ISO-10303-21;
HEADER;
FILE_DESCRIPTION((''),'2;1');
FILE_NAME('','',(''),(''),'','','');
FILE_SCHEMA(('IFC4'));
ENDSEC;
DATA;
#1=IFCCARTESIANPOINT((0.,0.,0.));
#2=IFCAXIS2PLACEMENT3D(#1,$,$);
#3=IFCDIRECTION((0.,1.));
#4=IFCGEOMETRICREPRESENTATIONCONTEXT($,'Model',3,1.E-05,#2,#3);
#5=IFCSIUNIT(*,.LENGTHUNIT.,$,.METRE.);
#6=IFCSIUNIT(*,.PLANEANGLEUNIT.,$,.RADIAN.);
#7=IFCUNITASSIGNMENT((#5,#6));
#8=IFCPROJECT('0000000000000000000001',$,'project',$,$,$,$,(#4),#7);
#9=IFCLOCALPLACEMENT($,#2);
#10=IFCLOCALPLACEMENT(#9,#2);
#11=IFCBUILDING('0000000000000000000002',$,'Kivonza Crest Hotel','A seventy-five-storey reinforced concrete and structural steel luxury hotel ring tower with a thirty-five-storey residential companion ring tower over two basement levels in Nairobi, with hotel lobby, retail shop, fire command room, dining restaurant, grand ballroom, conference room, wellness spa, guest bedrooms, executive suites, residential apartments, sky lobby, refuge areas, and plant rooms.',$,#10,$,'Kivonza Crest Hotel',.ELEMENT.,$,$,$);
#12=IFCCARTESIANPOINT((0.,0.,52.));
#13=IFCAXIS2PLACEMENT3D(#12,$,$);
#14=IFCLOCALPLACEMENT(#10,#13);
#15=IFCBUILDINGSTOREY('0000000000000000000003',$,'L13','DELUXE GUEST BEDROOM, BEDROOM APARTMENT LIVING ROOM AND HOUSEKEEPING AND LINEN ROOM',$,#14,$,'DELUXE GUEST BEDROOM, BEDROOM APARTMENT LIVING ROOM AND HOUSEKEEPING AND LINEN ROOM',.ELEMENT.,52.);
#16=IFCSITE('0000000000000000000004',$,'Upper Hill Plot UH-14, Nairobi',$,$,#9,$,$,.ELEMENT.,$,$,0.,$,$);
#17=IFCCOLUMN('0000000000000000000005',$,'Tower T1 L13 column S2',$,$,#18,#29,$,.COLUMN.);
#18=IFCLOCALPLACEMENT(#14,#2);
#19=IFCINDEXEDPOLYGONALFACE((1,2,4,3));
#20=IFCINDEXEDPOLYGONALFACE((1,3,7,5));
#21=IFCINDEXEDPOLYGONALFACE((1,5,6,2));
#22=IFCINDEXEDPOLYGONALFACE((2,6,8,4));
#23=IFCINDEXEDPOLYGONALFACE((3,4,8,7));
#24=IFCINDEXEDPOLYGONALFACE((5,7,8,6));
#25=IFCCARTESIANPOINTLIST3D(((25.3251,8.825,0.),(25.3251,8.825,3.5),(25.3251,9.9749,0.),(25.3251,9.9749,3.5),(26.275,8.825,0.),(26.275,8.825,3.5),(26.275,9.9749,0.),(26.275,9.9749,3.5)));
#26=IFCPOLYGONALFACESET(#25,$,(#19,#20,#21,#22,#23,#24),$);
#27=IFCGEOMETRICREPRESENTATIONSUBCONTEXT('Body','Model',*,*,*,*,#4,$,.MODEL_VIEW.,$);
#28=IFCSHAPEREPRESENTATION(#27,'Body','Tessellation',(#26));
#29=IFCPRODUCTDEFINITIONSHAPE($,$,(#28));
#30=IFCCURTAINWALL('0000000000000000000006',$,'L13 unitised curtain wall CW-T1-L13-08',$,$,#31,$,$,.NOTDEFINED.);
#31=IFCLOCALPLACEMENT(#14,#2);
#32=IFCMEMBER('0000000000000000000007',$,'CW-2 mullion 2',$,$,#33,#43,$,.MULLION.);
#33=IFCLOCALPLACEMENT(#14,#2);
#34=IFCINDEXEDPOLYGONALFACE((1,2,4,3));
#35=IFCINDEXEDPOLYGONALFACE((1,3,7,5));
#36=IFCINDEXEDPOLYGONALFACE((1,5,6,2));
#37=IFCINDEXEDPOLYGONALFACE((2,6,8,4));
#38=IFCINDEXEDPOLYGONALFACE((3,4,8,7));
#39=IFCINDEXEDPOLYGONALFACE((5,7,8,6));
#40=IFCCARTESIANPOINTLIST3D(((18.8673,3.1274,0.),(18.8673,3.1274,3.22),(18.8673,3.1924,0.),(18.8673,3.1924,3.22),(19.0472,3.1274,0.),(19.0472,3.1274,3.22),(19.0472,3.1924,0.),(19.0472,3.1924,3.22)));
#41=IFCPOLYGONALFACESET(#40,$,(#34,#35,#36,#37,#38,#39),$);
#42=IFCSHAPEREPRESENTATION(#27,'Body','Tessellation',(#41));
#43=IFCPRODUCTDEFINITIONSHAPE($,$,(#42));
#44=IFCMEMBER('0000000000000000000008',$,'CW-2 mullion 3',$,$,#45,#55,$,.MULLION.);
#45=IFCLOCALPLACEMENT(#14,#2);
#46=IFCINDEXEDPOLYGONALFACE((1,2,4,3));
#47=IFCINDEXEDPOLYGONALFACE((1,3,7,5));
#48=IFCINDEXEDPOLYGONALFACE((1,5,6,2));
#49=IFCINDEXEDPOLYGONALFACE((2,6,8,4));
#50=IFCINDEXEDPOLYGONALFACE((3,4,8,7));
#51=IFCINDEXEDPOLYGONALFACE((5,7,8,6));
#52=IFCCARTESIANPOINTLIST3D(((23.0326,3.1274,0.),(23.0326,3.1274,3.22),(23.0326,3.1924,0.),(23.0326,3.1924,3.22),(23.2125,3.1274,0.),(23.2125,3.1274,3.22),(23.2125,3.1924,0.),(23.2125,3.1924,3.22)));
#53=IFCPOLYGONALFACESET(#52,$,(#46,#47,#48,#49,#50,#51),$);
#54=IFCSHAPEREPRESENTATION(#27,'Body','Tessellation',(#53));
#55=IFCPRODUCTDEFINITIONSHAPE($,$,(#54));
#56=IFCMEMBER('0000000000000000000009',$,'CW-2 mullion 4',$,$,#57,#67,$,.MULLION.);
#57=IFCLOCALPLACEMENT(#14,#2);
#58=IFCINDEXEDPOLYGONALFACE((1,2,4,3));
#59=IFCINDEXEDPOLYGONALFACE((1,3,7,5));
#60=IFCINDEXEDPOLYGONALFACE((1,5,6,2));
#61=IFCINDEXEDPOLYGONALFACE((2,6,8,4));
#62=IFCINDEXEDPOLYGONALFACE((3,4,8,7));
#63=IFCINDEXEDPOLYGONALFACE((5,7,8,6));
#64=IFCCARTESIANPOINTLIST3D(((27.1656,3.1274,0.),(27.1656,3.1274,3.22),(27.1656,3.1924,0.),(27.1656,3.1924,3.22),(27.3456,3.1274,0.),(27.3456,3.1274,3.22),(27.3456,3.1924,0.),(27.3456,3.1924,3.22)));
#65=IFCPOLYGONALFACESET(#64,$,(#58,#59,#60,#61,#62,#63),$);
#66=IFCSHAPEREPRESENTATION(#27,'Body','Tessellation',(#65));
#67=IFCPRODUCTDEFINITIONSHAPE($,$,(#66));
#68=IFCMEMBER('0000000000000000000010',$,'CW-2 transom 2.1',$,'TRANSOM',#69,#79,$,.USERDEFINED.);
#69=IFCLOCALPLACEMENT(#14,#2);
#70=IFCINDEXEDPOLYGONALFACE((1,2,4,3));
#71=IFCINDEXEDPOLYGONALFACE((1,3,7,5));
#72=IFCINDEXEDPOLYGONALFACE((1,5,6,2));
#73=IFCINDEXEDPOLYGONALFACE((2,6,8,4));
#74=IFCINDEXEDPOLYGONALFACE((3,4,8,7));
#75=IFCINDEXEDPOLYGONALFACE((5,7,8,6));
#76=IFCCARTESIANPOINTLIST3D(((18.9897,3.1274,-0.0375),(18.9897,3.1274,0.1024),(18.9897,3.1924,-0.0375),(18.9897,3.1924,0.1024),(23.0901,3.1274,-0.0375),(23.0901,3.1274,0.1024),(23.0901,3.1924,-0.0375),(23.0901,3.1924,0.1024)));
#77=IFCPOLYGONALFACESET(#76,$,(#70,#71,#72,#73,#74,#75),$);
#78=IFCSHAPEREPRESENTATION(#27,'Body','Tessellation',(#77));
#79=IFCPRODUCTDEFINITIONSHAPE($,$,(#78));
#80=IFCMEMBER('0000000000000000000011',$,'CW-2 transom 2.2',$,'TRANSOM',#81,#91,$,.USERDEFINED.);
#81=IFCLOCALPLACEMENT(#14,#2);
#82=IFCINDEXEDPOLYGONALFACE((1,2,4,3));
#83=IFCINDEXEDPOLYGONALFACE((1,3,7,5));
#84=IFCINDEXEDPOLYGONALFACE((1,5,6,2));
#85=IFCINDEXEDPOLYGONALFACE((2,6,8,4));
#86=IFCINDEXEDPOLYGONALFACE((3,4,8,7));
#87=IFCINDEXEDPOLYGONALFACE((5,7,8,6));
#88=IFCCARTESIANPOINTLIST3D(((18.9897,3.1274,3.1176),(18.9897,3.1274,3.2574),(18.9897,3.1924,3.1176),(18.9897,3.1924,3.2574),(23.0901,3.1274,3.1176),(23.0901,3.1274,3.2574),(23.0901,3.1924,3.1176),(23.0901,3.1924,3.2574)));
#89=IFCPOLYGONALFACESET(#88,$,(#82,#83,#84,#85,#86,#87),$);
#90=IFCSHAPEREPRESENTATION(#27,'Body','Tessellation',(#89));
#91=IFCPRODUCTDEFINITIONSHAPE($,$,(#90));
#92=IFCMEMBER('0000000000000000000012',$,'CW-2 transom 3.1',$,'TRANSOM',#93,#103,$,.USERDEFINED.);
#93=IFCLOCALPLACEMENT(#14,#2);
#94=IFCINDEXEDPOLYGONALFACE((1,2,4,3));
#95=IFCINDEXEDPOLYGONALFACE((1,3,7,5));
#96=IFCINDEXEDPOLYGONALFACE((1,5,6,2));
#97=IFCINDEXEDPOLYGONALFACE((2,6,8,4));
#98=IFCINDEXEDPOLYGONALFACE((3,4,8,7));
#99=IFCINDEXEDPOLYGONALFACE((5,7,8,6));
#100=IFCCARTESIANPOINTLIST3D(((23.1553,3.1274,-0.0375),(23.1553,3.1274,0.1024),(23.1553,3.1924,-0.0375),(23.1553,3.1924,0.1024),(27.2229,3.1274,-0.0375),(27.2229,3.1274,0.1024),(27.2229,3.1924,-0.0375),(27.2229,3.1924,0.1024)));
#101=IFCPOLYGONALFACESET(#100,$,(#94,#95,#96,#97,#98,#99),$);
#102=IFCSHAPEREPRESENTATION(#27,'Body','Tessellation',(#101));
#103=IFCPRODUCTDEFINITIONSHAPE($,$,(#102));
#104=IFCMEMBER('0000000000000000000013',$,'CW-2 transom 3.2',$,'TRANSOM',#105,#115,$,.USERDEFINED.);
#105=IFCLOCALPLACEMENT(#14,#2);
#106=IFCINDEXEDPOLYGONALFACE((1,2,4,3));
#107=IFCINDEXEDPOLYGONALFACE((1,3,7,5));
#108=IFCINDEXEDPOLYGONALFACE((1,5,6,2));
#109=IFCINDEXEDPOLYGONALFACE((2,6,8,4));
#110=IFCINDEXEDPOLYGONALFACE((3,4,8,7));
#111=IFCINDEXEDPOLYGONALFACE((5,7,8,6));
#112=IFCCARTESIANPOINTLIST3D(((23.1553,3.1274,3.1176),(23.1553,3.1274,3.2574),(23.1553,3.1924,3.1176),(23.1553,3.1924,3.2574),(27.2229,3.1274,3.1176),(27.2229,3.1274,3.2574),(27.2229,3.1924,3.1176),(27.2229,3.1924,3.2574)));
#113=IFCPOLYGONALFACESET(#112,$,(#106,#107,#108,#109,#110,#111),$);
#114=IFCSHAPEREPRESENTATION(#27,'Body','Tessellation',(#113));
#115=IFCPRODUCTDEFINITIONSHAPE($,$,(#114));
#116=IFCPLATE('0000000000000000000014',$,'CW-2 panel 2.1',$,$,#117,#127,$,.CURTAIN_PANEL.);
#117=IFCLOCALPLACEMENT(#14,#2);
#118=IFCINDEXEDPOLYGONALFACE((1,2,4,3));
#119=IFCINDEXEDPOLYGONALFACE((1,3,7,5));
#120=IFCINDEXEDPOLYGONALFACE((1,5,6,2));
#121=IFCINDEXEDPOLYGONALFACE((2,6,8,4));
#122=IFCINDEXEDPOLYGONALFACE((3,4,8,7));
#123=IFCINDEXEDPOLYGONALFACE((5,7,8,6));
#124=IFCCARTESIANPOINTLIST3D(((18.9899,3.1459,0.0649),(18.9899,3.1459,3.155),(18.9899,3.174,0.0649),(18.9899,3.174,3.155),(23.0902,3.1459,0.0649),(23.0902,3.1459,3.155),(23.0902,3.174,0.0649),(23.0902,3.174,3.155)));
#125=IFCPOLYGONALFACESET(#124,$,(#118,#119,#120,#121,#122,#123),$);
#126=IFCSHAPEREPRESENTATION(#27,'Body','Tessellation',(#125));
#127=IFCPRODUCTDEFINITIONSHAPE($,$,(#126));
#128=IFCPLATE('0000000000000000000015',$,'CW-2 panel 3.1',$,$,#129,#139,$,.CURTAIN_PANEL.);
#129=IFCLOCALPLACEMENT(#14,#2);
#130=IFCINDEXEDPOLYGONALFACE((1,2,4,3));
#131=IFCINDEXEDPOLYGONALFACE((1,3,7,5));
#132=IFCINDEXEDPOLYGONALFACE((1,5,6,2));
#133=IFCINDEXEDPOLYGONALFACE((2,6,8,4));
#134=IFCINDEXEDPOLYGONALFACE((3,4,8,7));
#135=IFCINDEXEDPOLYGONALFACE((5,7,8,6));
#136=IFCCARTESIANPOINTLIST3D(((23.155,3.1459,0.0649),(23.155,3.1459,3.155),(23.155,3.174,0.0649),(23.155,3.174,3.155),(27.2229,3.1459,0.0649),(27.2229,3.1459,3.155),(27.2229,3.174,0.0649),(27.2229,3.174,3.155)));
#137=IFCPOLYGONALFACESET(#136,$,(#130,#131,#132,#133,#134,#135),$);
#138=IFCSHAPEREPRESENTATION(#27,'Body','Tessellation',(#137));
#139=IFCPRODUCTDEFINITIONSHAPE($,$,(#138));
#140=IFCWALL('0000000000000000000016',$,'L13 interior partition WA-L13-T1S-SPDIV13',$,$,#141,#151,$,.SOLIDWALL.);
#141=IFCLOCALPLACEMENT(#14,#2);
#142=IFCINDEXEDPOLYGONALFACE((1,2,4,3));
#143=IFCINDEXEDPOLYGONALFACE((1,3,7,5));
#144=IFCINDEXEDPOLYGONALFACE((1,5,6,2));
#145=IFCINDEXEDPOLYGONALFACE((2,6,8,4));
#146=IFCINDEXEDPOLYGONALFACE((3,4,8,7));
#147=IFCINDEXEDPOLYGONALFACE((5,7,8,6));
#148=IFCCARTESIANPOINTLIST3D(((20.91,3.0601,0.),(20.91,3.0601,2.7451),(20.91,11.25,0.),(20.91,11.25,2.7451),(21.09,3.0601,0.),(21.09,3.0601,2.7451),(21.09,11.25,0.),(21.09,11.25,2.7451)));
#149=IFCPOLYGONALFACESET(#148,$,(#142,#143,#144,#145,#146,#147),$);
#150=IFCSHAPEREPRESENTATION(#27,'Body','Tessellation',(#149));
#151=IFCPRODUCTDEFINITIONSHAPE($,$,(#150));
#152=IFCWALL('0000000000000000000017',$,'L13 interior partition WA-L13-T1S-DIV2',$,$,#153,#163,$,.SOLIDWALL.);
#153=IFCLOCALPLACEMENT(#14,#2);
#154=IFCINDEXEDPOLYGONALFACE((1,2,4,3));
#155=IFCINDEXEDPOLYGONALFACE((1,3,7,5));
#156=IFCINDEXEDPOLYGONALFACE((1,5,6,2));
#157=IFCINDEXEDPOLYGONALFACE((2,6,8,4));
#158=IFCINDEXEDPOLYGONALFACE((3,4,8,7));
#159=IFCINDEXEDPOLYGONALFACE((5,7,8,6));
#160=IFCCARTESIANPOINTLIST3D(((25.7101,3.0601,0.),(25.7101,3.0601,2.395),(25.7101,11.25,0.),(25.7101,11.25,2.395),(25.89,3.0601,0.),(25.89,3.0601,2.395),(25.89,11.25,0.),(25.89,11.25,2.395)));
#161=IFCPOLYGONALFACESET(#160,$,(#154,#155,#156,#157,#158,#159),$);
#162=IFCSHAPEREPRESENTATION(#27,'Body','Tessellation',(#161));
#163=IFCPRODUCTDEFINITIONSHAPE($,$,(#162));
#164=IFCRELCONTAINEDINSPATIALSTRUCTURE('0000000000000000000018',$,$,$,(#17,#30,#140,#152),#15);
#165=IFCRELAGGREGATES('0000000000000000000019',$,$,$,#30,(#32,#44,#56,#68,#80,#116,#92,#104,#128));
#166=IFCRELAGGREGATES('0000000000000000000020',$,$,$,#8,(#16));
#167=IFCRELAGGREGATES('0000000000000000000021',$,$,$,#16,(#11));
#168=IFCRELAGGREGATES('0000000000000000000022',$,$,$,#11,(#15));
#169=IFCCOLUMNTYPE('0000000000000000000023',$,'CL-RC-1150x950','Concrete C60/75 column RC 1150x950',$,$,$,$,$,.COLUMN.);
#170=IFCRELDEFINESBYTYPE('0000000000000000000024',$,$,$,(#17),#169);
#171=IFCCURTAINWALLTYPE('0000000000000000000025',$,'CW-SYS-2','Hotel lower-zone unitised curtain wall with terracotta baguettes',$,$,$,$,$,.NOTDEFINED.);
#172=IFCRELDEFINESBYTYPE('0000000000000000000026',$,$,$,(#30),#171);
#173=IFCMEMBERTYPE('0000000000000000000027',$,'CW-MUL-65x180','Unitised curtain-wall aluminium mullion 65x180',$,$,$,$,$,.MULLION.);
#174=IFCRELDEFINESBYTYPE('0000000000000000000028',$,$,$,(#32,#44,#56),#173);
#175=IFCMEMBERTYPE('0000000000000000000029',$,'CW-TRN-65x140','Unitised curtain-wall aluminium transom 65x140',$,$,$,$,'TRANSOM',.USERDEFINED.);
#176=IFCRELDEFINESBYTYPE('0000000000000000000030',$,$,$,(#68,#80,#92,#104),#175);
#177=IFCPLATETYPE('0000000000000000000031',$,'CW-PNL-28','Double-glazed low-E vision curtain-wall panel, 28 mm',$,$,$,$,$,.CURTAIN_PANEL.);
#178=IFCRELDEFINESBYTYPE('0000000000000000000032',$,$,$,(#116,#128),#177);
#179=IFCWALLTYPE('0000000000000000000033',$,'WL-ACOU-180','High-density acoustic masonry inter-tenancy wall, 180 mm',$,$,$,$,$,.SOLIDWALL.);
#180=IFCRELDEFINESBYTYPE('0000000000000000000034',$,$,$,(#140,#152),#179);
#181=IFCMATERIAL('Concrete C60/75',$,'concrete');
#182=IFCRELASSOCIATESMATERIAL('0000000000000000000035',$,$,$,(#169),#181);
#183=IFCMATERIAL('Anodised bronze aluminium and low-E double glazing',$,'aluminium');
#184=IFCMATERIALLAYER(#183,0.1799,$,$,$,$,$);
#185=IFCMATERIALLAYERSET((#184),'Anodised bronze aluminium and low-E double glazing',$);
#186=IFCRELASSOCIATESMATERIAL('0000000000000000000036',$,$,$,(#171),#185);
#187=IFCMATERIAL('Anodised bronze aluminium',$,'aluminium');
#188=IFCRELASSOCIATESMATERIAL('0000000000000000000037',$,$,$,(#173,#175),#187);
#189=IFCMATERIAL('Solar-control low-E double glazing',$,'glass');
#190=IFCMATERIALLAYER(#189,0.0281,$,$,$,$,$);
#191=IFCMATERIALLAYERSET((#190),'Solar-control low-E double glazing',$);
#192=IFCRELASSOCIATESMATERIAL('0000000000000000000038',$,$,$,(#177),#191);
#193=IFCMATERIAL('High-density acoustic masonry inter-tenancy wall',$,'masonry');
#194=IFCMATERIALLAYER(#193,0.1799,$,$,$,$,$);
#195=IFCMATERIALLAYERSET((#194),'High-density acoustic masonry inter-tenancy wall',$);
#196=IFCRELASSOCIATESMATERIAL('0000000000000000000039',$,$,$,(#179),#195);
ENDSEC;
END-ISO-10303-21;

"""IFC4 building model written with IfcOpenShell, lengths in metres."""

from ifc_helpers import new_model, si_unit, direction, frame, frame_2d, origin, origin_2d, place, context, subcontext, project, spatial, rectangle, extrude, material, layer, layer_set, material_profile, profile_set, type_object, element, aggregate, save


model = new_model("IFC4")

# Units and contexts
model_context = context("Model", 3, precision=1e-05, world=origin(), true_north=direction((0.0, 1.0)))
body_context = subcontext(model_context, "Body", "Model", "MODEL_VIEW")
ifc_project = project(units=[si_unit("LENGTHUNIT", "METRE"), si_unit("PLANEANGLEUNIT", "RADIAN")], contexts=[model_context])

# Site, building, storey
site_placement = place(None, origin())
site = spatial("IfcSite", under=ifc_project, at=site_placement, Name="Upper Hill Plot UH-14, Nairobi", CompositionType="ELEMENT", RefElevation=0.0)
building_placement = place(site_placement, origin())
building = spatial("IfcBuilding", under=site, at=building_placement, Name="Kivonza Crest Hotel", Description="A seventy-five-storey reinforced concrete and structural steel luxury hotel ring tower with a thirty-five-storey residential companion ring tower over two basement levels in Nairobi, with hotel lobby, retail shop, fire command room, dining restaurant, grand ballroom, conference room, wellness spa, guest bedrooms, executive suites, residential apartments, sky lobby, refuge areas, and plant rooms.", LongName="Kivonza Crest Hotel", CompositionType="ELEMENT")
storey_placement = place(building_placement, frame((0.0, 0.0, 52.0)))
storey = spatial("IfcBuildingStorey", under=building, at=storey_placement, Name="L13", Description="DELUXE GUEST BEDROOM, BEDROOM APARTMENT LIVING ROOM AND HOUSEKEEPING AND LINEN ROOM", LongName="DELUXE GUEST BEDROOM, BEDROOM APARTMENT LIVING ROOM AND HOUSEKEEPING AND LINEN ROOM", CompositionType="ELEMENT", Elevation=52.0)

# Column
ifc_material_1 = material(Name="Concrete C60/75", Category="concrete")
ifc_material_profile_1 = material_profile(ifc_material_1, rectangle(XDim=0.95, YDim=1.1499, at=origin_2d()), Name="RC 1150x950")
ifc_profile_set_1 = profile_set([ifc_material_profile_1], Name="Concrete C60/75")
column_type = type_object("IfcColumnType", Name="CL-RC-1150x950", Description="Concrete C60/75 column RC 1150x950", PredefinedType="COLUMN", material=ifc_profile_set_1)
column_placement = place(storey_placement, frame((25.8, 9.3999, 0.0), z_axis=(0.0, 0.0, 1.0), x_axis=(1.0, 0.0, 0.0)))
element("IfcColumn", 1, at=column_placement, inside=storey, type_object=column_type, Name="Tower T1 L13 column S2", PredefinedType="COLUMN", context=body_context, shape_type="SweptSolid", body=[
    extrude(rectangle(XDim=0.95, YDim=1.1499, at=origin_2d()), origin(), (0.0, 0.0, 1.0), 3.5),
])

# Curtain wall, members, plates
ifc_material_2 = material(Name="Anodised bronze aluminium and low-E double glazing", Category="aluminium")
ifc_layer_1 = layer(ifc_material_2, 0.1799)
ifc_layer_set_1 = layer_set([ifc_layer_1], Name="Anodised bronze aluminium and low-E double glazing")
curtain_wall_type = type_object("IfcCurtainWallType", Name="CW-SYS-2", Description="Hotel lower-zone unitised curtain wall with terracotta baguettes", PredefinedType="NOTDEFINED", material=ifc_layer_set_1)
curtain_wall_placement = place(storey_placement, origin())
curtain_wall = element("IfcCurtainWall", 2, at=curtain_wall_placement, inside=storey, type_object=curtain_wall_type, Name="L13 unitised curtain wall CW-T1-L13-08", PredefinedType="NOTDEFINED")
ifc_material_3 = material(Name="Anodised bronze aluminium", Category="aluminium")
ifc_material_profile_2 = material_profile(ifc_material_3, rectangle(XDim=0.0649, YDim=0.1799, at=origin_2d()), Name="CW-M 65x180")
ifc_profile_set_2 = profile_set([ifc_material_profile_2], Name="Anodised bronze aluminium")
member_type_1 = type_object("IfcMemberType", Name="CW-MUL-65x180", Description="Unitised curtain-wall aluminium mullion 65x180", PredefinedType="MULLION", material=ifc_profile_set_2)
member_1_placement = place(storey_placement, frame((18.9573, 3.1599, 0.0), z_axis=(0.0, 0.0, 1.0), x_axis=(0.0, 1.0, 0.0)))
member_1 = element("IfcMember", 3, at=member_1_placement, type_object=member_type_1, Name="CW-2 mullion 2", PredefinedType="MULLION", context=body_context, shape_type="SweptSolid", body=[
    extrude(rectangle(XDim=0.0649, YDim=0.1799, at=origin_2d()), origin(), (0.0, 0.0, 1.0), 3.22),
])
member_2_placement = place(storey_placement, frame((23.1226, 3.1599, 0.0), z_axis=(0.0, 0.0, 1.0), x_axis=(0.0, 1.0, 0.0)))
member_2 = element("IfcMember", 4, at=member_2_placement, type_object=member_type_1, Name="CW-2 mullion 3", PredefinedType="MULLION", context=body_context, shape_type="SweptSolid", body=[
    extrude(rectangle(XDim=0.0649, YDim=0.1799, at=origin_2d()), origin(), (0.0, 0.0, 1.0), 3.22),
])
member_3_placement = place(storey_placement, frame((27.2556, 3.1599, 0.0), z_axis=(0.0, 0.0, 1.0), x_axis=(0.0, 1.0, 0.0)))
member_3 = element("IfcMember", 5, at=member_3_placement, type_object=member_type_1, Name="CW-2 mullion 4", PredefinedType="MULLION", context=body_context, shape_type="SweptSolid", body=[
    extrude(rectangle(XDim=0.0649, YDim=0.1799, at=origin_2d()), origin(), (0.0, 0.0, 1.0), 3.22),
])
ifc_material_profile_3 = material_profile(ifc_material_3, rectangle(XDim=0.0649, YDim=0.1399, at=origin_2d()), Name="CW-T 65x140")
ifc_profile_set_3 = profile_set([ifc_material_profile_3], Name="Anodised bronze aluminium")
member_type_2 = type_object("IfcMemberType", Name="CW-TRN-65x140", Description="Unitised curtain-wall aluminium transom 65x140", ElementType="TRANSOM", PredefinedType="USERDEFINED", material=ifc_profile_set_3)
member_4_placement = place(storey_placement, frame((18.9897, 3.1599, 0.0325), z_axis=(1.0, 0.0, 0.0), x_axis=(0.0, 1.0, 0.0)))
member_4 = element("IfcMember", 6, at=member_4_placement, type_object=member_type_2, Name="CW-2 transom 2.1", ObjectType="TRANSOM", PredefinedType="USERDEFINED", context=body_context, shape_type="SweptSolid", body=[
    extrude(rectangle(XDim=0.0649, YDim=0.1399, at=origin_2d()), origin(), (0.0, 0.0, 1.0), 4.1003),
])
member_5_placement = place(storey_placement, frame((18.9897, 3.1599, 3.1875), z_axis=(1.0, 0.0, 0.0), x_axis=(0.0, 1.0, 0.0)))
member_5 = element("IfcMember", 7, at=member_5_placement, type_object=member_type_2, Name="CW-2 transom 2.2", ObjectType="TRANSOM", PredefinedType="USERDEFINED", context=body_context, shape_type="SweptSolid", body=[
    extrude(rectangle(XDim=0.0649, YDim=0.1399, at=origin_2d()), origin(), (0.0, 0.0, 1.0), 4.1003),
])
member_6_placement = place(storey_placement, frame((23.1553, 3.1599, 0.0325), z_axis=(1.0, 0.0, 0.0), x_axis=(0.0, 1.0, 0.0)))
member_6 = element("IfcMember", 8, at=member_6_placement, type_object=member_type_2, Name="CW-2 transom 3.1", ObjectType="TRANSOM", PredefinedType="USERDEFINED", context=body_context, shape_type="SweptSolid", body=[
    extrude(rectangle(XDim=0.0649, YDim=0.1399, at=origin_2d()), origin(), (0.0, 0.0, 1.0), 4.0676),
])
member_7_placement = place(storey_placement, frame((23.1553, 3.1599, 3.1875), z_axis=(1.0, 0.0, 0.0), x_axis=(0.0, 1.0, 0.0)))
member_7 = element("IfcMember", 9, at=member_7_placement, type_object=member_type_2, Name="CW-2 transom 3.2", ObjectType="TRANSOM", PredefinedType="USERDEFINED", context=body_context, shape_type="SweptSolid", body=[
    extrude(rectangle(XDim=0.0649, YDim=0.1399, at=origin_2d()), origin(), (0.0, 0.0, 1.0), 4.0676),
])
ifc_material_4 = material(Name="Solar-control low-E double glazing", Category="glass")
ifc_layer_2 = layer(ifc_material_4, 0.0281)
ifc_layer_set_2 = layer_set([ifc_layer_2], Name="Solar-control low-E double glazing")
plate_type = type_object("IfcPlateType", Name="CW-PNL-28", Description="Double-glazed low-E vision curtain-wall panel, 28 mm", PredefinedType="CURTAIN_PANEL", material=ifc_layer_set_2)
plate_1_placement = place(storey_placement, frame((21.04, 3.1599, 0.0649), z_axis=(0.0, 0.0, 1.0), x_axis=(1.0, 0.0, 0.0)))
plate_1 = element("IfcPlate", 10, at=plate_1_placement, type_object=plate_type, Name="CW-2 panel 2.1", PredefinedType="CURTAIN_PANEL", context=body_context, shape_type="SweptSolid", body=[
    extrude(rectangle(XDim=4.1003, YDim=0.0281, at=origin_2d()), origin(), (0.0, 0.0, 1.0), 3.0901),
])
plate_2_placement = place(storey_placement, frame((25.189, 3.1599, 0.0649), z_axis=(0.0, 0.0, 1.0), x_axis=(1.0, 0.0, 0.0)))
plate_2 = element("IfcPlate", 11, at=plate_2_placement, type_object=plate_type, Name="CW-2 panel 3.1", PredefinedType="CURTAIN_PANEL", context=body_context, shape_type="SweptSolid", body=[
    extrude(rectangle(XDim=4.0679, YDim=0.0281, at=origin_2d()), origin(), (0.0, 0.0, 1.0), 3.0901),
])
aggregate(curtain_wall, [member_1, member_2, member_3, member_4, member_5, plate_1, member_6, member_7, plate_2])

# Walls
ifc_material_5 = material(Name="High-density acoustic masonry inter-tenancy wall", Category="masonry")
ifc_layer_3 = layer(ifc_material_5, 0.1799)
ifc_layer_set_3 = layer_set([ifc_layer_3], Name="High-density acoustic masonry inter-tenancy wall")
wall_type_1 = type_object("IfcWallType", Name="WL-ACOU-180", Description="High-density acoustic masonry inter-tenancy wall, 180 mm", PredefinedType="SOLIDWALL", material=ifc_layer_set_3)
wall_1_placement = place(storey_placement, frame((21.0, 3.0601, 0.0), z_axis=(0.0, 0.0, 1.0), x_axis=(0.0, 1.0, 0.0)))
element("IfcWall", 12, at=wall_1_placement, inside=storey, type_object=wall_type_1, Name="L13 interior partition WA-L13-T1S-SPDIV13", PredefinedType="SOLIDWALL", context=body_context, shape_type="SweptSolid", body=[
    extrude(rectangle(XDim=8.1899, YDim=0.1799, at=frame_2d((4.095, 0.0))), origin(), (0.0, 0.0, 1.0), 2.7451),
])
wall_2_placement = place(storey_placement, frame((25.8, 3.0601, 0.0), z_axis=(0.0, 0.0, 1.0), x_axis=(0.0, 1.0, 0.0)))
element("IfcWall", 13, at=wall_2_placement, inside=storey, type_object=wall_type_1, Name="L13 interior partition WA-L13-T1S-DIV2", PredefinedType="SOLIDWALL", context=body_context, shape_type="SweptSolid", body=[
    extrude(rectangle(XDim=8.1899, YDim=0.1799, at=frame_2d((4.095, 0.0))), origin(), (0.0, 0.0, 1.0), 2.395),
])

save(model, "model.ifc")
